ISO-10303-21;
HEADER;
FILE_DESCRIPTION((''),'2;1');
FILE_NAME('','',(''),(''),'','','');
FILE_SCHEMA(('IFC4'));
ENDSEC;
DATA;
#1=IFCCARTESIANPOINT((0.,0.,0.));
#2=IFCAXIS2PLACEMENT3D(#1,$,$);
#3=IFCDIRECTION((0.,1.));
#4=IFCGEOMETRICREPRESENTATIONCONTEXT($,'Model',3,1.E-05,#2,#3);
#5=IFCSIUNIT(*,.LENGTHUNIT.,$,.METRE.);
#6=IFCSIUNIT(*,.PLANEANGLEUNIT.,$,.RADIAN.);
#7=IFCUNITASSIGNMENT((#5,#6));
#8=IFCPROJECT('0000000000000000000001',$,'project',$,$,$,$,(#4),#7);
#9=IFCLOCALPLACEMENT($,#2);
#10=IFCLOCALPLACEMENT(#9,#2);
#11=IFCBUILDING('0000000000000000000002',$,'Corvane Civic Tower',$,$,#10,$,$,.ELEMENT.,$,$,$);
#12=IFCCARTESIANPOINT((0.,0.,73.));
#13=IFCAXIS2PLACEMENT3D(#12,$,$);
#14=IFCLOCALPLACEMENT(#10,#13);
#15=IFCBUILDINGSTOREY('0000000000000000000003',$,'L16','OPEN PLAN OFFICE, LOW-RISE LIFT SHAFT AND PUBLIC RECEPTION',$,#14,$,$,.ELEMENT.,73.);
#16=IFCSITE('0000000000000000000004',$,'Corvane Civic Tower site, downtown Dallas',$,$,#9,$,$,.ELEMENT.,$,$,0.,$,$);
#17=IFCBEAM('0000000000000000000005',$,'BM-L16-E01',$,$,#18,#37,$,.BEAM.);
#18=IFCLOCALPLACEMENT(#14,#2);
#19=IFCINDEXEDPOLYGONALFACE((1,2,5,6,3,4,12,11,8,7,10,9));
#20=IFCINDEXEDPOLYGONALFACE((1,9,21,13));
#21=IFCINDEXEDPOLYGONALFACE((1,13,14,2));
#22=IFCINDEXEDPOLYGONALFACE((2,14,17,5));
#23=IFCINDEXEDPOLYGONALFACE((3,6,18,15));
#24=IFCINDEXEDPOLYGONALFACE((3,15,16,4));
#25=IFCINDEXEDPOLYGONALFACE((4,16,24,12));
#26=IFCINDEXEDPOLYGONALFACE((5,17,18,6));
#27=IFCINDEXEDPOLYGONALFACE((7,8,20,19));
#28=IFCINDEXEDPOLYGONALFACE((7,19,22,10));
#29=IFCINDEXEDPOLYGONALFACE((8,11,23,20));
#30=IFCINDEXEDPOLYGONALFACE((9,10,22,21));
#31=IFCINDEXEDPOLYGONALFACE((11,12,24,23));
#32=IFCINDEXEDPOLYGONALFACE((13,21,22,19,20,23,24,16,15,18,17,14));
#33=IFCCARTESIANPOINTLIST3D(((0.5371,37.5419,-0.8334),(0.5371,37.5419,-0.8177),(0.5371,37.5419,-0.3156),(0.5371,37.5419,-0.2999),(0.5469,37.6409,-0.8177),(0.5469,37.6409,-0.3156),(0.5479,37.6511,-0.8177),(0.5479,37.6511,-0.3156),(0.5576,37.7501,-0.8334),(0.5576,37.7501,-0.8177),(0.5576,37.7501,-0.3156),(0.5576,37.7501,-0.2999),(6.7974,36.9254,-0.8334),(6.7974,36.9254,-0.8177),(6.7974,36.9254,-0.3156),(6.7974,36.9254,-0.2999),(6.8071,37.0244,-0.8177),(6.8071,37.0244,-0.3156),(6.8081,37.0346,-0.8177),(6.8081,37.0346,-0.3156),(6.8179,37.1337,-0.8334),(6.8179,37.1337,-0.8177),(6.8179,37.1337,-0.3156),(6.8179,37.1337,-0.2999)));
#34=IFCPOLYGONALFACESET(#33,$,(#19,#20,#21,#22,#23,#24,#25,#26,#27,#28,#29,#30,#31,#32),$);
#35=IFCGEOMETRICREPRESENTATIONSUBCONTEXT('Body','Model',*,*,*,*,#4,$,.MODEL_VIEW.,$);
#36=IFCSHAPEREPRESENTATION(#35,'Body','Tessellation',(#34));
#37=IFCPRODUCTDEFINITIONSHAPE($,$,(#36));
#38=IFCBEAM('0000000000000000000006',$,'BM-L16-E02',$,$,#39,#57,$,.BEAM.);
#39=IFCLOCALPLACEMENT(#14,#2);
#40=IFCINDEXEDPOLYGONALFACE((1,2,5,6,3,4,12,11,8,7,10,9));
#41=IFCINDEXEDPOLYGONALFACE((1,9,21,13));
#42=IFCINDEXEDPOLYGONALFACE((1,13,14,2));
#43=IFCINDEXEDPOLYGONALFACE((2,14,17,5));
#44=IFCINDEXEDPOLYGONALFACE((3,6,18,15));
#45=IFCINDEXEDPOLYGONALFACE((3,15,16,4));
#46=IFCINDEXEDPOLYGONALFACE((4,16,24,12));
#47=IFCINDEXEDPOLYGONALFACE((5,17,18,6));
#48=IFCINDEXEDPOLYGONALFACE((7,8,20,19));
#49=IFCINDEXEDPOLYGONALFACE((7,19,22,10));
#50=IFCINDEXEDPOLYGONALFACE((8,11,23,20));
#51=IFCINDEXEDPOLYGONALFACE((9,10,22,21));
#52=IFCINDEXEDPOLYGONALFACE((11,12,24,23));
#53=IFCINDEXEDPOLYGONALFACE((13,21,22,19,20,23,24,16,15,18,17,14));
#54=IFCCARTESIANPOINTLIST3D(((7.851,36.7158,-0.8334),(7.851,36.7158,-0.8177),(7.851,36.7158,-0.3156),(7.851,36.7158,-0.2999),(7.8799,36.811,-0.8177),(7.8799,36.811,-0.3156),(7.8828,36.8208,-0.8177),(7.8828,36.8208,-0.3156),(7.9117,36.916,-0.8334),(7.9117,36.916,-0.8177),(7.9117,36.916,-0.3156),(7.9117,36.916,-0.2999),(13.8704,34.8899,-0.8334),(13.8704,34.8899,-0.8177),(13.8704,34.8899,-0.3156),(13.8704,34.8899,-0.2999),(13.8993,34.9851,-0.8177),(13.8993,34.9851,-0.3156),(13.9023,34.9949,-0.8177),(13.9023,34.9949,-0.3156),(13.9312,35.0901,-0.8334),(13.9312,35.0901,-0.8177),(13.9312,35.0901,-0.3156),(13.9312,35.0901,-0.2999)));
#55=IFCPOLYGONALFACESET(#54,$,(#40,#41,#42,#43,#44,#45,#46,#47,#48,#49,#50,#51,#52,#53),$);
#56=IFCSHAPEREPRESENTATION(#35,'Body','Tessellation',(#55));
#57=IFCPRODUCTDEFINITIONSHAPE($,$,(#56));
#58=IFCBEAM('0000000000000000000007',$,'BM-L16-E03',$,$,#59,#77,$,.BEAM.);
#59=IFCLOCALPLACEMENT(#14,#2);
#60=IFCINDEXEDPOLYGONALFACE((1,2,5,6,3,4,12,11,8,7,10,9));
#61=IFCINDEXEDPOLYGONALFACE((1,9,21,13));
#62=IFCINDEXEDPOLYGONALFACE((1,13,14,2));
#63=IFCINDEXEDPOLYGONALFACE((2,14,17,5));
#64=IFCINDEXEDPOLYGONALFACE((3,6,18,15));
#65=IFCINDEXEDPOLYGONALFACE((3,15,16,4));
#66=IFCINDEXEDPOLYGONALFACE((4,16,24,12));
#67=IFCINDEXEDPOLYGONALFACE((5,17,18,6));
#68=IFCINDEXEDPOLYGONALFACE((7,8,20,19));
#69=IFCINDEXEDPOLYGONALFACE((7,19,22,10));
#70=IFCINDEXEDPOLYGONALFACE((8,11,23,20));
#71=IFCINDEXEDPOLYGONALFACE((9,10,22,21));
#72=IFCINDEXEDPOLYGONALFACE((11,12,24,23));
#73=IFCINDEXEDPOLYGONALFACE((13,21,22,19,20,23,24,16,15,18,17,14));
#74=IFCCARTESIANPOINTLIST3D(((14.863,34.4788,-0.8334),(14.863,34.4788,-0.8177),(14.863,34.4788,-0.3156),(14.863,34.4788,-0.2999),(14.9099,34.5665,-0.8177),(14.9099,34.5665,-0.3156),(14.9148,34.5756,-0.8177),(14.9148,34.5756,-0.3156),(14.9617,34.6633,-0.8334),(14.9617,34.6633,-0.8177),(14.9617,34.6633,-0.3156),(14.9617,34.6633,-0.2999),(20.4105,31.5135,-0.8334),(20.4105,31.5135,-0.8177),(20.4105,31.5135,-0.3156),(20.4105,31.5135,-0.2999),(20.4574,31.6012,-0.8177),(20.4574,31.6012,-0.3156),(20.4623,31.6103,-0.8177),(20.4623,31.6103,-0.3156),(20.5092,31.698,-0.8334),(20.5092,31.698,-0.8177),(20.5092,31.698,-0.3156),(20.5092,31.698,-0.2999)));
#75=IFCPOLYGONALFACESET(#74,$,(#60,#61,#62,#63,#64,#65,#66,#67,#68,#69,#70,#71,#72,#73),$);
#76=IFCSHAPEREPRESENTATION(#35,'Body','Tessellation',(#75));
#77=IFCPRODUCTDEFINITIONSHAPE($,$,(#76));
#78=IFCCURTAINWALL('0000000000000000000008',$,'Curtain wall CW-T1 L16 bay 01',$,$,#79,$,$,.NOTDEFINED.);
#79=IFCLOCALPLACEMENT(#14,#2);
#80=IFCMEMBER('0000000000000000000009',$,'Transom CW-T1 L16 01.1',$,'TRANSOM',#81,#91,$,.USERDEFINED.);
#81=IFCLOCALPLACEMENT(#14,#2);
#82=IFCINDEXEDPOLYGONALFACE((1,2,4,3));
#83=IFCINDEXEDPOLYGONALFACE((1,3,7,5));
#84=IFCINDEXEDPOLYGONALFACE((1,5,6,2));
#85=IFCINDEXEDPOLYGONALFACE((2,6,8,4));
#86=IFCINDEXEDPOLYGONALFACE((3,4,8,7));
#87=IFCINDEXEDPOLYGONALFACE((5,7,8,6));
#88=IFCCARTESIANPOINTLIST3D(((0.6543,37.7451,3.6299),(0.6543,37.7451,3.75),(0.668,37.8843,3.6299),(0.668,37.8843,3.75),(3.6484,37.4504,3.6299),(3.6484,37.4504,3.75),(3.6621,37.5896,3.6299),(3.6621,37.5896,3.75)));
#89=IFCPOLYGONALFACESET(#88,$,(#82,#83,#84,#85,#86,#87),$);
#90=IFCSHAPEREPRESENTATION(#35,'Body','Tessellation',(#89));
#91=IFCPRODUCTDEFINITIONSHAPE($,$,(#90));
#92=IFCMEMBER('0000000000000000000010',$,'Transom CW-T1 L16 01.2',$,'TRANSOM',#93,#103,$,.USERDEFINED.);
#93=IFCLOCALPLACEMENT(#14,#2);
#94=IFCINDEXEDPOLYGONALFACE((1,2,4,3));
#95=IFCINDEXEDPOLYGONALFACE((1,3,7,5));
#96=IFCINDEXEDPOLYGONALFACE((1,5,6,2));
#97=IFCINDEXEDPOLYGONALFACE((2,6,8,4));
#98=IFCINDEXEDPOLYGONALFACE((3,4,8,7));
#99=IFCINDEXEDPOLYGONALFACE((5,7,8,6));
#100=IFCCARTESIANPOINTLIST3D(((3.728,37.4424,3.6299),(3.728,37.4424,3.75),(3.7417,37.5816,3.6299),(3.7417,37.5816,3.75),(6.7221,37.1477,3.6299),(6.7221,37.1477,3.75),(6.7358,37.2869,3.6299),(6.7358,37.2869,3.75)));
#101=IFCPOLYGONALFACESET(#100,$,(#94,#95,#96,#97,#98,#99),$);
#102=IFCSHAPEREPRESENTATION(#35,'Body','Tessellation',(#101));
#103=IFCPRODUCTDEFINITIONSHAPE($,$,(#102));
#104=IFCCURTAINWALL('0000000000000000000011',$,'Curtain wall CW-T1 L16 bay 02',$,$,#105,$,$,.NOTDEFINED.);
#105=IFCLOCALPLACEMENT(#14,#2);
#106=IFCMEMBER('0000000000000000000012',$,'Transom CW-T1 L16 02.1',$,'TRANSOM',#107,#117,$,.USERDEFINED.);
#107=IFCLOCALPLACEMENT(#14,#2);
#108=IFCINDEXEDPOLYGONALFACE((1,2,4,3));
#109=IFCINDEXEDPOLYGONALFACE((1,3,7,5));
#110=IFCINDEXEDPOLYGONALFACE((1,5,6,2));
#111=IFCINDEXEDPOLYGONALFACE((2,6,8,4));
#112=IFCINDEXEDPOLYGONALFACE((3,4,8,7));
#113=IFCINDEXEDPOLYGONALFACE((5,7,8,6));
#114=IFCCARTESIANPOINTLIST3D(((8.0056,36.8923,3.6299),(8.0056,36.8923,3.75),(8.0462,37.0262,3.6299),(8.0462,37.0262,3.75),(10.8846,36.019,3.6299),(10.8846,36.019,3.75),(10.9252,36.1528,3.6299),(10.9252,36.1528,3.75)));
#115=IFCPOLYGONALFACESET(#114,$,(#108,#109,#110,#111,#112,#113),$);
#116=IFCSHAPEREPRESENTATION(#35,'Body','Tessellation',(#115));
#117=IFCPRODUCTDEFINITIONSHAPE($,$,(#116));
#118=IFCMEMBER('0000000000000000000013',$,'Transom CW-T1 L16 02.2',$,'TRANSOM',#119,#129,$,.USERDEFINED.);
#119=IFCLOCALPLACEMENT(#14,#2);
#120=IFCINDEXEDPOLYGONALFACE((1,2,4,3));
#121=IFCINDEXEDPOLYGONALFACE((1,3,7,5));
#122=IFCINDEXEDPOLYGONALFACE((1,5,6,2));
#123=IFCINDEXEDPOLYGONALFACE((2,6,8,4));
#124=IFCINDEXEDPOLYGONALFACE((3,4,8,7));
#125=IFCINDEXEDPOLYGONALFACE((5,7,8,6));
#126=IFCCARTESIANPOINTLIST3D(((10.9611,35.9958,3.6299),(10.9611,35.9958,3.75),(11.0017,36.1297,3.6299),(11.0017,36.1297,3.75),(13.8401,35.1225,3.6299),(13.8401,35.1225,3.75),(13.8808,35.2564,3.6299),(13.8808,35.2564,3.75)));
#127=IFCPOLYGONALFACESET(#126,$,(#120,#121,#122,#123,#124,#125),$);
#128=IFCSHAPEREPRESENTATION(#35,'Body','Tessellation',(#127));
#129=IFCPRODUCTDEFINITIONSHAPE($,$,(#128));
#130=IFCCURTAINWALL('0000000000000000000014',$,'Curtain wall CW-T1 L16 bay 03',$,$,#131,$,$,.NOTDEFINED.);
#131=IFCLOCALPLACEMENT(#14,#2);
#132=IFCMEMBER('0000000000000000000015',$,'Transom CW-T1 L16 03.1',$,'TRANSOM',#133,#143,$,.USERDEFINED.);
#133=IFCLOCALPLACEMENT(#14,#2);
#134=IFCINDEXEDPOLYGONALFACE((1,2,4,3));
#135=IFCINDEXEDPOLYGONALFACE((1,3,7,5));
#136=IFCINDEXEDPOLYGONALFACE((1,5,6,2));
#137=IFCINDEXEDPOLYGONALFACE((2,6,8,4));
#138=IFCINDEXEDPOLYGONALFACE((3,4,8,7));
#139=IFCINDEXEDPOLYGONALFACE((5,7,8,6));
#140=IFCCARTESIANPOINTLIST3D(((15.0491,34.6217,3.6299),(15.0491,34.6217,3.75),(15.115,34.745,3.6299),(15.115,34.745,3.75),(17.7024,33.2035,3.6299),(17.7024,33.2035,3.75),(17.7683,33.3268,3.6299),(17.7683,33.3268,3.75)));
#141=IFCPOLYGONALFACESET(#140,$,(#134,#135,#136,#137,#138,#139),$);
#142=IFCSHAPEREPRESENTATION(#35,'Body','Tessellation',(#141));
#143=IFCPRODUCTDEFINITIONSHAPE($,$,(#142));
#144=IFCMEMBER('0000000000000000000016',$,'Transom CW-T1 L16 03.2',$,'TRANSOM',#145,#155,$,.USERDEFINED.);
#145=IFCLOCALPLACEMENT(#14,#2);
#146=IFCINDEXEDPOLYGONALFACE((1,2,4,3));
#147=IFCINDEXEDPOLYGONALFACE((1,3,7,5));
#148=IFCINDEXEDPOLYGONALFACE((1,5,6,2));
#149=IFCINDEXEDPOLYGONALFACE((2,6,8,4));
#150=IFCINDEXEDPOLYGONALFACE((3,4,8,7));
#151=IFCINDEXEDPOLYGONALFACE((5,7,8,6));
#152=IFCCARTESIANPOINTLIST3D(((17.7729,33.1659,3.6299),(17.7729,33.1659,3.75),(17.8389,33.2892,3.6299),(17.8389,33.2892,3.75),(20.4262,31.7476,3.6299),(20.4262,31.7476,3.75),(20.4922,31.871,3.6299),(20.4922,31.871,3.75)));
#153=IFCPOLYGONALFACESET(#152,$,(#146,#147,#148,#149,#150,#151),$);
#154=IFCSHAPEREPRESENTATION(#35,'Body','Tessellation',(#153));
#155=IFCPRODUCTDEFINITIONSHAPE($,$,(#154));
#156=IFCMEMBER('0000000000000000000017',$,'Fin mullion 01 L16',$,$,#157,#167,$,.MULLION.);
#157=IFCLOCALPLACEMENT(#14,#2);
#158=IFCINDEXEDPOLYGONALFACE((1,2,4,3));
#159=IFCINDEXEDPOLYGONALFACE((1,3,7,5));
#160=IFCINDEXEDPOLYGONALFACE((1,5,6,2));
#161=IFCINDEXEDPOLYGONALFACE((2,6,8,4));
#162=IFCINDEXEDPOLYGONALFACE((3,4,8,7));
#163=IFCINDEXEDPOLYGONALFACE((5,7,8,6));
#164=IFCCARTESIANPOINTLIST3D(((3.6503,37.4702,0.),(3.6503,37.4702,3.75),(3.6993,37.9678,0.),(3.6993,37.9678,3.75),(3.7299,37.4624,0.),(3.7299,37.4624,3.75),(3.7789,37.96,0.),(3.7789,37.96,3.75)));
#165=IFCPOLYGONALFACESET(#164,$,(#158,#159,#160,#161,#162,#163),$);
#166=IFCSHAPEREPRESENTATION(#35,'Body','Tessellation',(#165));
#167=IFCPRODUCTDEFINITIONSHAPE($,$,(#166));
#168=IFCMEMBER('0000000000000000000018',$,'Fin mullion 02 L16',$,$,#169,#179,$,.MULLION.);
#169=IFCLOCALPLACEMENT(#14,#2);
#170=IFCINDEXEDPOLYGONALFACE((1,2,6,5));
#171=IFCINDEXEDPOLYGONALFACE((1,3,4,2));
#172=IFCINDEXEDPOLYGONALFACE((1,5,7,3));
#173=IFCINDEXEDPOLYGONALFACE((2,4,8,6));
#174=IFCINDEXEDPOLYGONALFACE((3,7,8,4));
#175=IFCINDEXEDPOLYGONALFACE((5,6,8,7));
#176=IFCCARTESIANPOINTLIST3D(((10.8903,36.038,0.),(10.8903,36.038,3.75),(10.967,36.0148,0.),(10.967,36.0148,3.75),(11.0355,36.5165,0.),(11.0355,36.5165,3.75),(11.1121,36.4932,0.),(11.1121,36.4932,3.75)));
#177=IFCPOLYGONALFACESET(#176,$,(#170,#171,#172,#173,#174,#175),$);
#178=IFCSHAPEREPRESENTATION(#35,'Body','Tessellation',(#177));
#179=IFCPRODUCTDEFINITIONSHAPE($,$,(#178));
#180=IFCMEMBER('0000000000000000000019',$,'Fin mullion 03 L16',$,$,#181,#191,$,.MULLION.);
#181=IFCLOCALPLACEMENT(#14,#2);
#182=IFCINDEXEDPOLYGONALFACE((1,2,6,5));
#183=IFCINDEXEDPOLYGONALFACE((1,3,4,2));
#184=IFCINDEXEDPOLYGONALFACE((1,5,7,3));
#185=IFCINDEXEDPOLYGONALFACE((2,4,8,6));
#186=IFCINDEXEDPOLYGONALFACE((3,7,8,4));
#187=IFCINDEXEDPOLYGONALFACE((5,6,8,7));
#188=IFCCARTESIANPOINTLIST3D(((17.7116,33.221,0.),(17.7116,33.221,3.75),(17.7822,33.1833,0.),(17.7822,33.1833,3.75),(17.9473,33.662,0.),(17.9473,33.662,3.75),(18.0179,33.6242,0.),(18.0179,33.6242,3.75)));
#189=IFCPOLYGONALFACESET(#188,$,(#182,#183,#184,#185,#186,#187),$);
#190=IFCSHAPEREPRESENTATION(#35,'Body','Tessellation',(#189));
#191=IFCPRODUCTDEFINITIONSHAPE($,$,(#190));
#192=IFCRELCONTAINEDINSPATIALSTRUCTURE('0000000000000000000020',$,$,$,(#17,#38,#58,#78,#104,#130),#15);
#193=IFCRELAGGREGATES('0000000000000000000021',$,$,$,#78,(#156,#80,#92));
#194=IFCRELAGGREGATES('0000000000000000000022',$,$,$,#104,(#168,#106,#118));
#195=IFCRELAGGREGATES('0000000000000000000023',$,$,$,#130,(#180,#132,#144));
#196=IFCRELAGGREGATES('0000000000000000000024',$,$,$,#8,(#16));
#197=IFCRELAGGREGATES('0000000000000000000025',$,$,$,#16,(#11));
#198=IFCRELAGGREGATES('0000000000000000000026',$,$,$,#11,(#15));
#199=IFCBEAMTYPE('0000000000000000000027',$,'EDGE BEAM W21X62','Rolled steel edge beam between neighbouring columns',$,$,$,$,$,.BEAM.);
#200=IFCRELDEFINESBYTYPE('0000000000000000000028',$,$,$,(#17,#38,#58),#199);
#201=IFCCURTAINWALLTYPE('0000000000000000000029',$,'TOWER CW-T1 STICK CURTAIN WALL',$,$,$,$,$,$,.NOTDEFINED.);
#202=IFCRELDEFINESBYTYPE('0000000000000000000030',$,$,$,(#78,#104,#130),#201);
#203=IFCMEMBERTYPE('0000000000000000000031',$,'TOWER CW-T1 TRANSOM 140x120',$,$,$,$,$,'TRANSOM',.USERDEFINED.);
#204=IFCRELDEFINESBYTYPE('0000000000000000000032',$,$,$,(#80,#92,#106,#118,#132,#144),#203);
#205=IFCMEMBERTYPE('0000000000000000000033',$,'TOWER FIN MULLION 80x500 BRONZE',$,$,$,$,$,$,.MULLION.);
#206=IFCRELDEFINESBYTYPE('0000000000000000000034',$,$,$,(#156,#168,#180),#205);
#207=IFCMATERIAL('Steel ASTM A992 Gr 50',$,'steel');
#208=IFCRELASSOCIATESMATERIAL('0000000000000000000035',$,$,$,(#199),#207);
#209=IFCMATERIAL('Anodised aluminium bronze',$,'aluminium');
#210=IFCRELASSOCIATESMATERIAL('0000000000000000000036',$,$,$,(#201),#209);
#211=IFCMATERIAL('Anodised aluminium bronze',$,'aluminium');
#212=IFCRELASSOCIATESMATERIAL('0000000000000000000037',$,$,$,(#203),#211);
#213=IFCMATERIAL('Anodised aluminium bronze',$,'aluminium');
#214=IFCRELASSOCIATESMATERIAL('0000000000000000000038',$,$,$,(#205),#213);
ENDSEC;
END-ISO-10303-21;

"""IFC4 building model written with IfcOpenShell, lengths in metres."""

from ifc_helpers import new_model, si_unit, direction, frame, origin, origin_2d, place, context, subcontext, project, spatial, rectangle, i_section, extrude, material, material_profile, profile_set, type_object, element, aggregate, save


model = new_model("IFC4")

# Units and contexts
model_context = context("Model", 3, precision=1e-05, world=origin(), true_north=direction((0.0, 1.0)))
body_context = subcontext(model_context, "Body", "Model", "MODEL_VIEW")
ifc_project = project(units=[si_unit("LENGTHUNIT", "METRE"), si_unit("PLANEANGLEUNIT", "RADIAN")], contexts=[model_context])

# Site, building, storey
site_placement = place(None, origin())
site = spatial("IfcSite", under=ifc_project, at=site_placement, Name="Corvane Civic Tower site, downtown Dallas", CompositionType="ELEMENT", RefElevation=0.0)
building_placement = place(site_placement, origin())
building = spatial("IfcBuilding", under=site, at=building_placement, Name="Corvane Civic Tower", CompositionType="ELEMENT")
storey_placement = place(building_placement, frame((0.0, 0.0, 73.0)))
storey = spatial("IfcBuildingStorey", under=building, at=storey_placement, Name="L16", Description="OPEN PLAN OFFICE, LOW-RISE LIFT SHAFT AND PUBLIC RECEPTION", CompositionType="ELEMENT", Elevation=73.0)

# Beams
ifc_material_1 = material(Name="Steel ASTM A992 Gr 50", Category="steel")
ifc_material_profile_1 = material_profile(ifc_material_1, i_section(OverallWidth=0.2092, OverallDepth=0.5334, WebThickness=0.0103, FlangeThickness=0.0156, at=origin_2d()), Name="W21X62")
ifc_profile_set_1 = profile_set([ifc_material_profile_1], Name="Steel ASTM A992 Gr 50")
beam_type = type_object("IfcBeamType", Name="EDGE BEAM W21X62", Description="Rolled steel edge beam between neighbouring columns", PredefinedType="BEAM", material=ifc_profile_set_1)
beam_placement = place(storey_placement, frame((0.5474, 37.646, -0.5667), z_axis=(0.995187, -0.097997, 0.0), x_axis=(0.097997, 0.995187, 0.0)))
element("IfcBeam", 1, at=beam_placement, inside=storey, type_object=beam_type, Name="BM-L16-E01", PredefinedType="BEAM", context=body_context, shape_type="SweptSolid", body=[
    extrude(i_section(OverallWidth=0.2092, OverallDepth=0.5334, WebThickness=0.0103, FlangeThickness=0.0156, at=origin_2d()), origin(), (0.0, 0.0, 1.0), 6.2905),
])
for number, where, z_axis, x_axis, name in (
    (2, (7.8813, 36.8159, -0.5667), (0.956944, -0.290273, 0.0), (0.290273, 0.956944, 0.0), "BM-L16-E02"),
    (3, (14.9124, 34.571, -0.5667), (0.881916, -0.471406, 0.0), (0.471406, 0.881916, 0.0), "BM-L16-E03"),
):
    element("IfcBeam", number, at=place(storey_placement, frame(where, z_axis=z_axis, x_axis=x_axis)), inside=storey, type_object=beam_type, Name=name, PredefinedType="BEAM", context=body_context, shape_type="SweptSolid", body=[
        extrude(i_section(OverallWidth=0.2092, OverallDepth=0.5334, WebThickness=0.0103, FlangeThickness=0.0156, at=origin_2d()), origin(), (0.0, 0.0, 1.0), 6.2903),
    ])

# Curtain walls, members
ifc_material_2 = material(Name="Anodised aluminium bronze", Category="aluminium")
curtain_wall_type = type_object("IfcCurtainWallType", Name="TOWER CW-T1 STICK CURTAIN WALL", PredefinedType="NOTDEFINED", material=ifc_material_2)
curtain_wall_1_placement = place(storey_placement, origin())
curtain_wall_1 = element("IfcCurtainWall", 4, at=curtain_wall_1_placement, inside=storey, type_object=curtain_wall_type, Name="Curtain wall CW-T1 L16 bay 01", PredefinedType="NOTDEFINED")
ifc_material_3 = material(Name="Anodised aluminium bronze", Category="aluminium")
ifc_material_profile_2 = material_profile(ifc_material_3, rectangle(XDim=0.1399, YDim=0.1201, at=origin_2d()), Name="TOWER CW-T1 TRANSOM 140x120")
ifc_profile_set_2 = profile_set([ifc_material_profile_2], Name="Anodised aluminium bronze")
member_type_1 = type_object("IfcMemberType", Name="TOWER CW-T1 TRANSOM 140x120", ElementType="TRANSOM", PredefinedType="USERDEFINED", material=ifc_profile_set_2)
member_1_placement = place(storey_placement, frame((0.6611, 37.8147, 3.6899), z_axis=(0.995192, -0.097945, 0.0), x_axis=(0.097945, 0.995192, 0.0)))
member_1 = element("IfcMember", 5, at=member_1_placement, type_object=member_type_1, Name="Transom CW-T1 L16 01.1", ObjectType="TRANSOM", PredefinedType="USERDEFINED", context=body_context, shape_type="SweptSolid", body=[
    extrude(rectangle(XDim=0.1399, YDim=0.1201, at=origin_2d()), origin(), (0.0, 0.0, 1.0), 3.0085),
])
member_2_placement = place(storey_placement, frame((3.7349, 37.512, 3.6899), z_axis=(0.995192, -0.097945, 0.0), x_axis=(0.097945, 0.995192, 0.0)))
member_2 = element("IfcMember", 6, at=member_2_placement, type_object=member_type_1, Name="Transom CW-T1 L16 01.2", ObjectType="TRANSOM", PredefinedType="USERDEFINED", context=body_context, shape_type="SweptSolid", body=[
    extrude(rectangle(XDim=0.1399, YDim=0.1201, at=origin_2d()), origin(), (0.0, 0.0, 1.0), 3.0085),
])
curtain_wall_2_placement = place(storey_placement, origin())
curtain_wall_2 = element("IfcCurtainWall", 7, at=curtain_wall_2_placement, inside=storey, type_object=curtain_wall_type, Name="Curtain wall CW-T1 L16 bay 02", PredefinedType="NOTDEFINED")
member_3_placement = place(storey_placement, frame((8.0259, 36.9592, 3.6899), z_axis=(0.956942, -0.29028, 0.0), x_axis=(0.29028, 0.956942, 0.0)))
member_3 = element("IfcMember", 8, at=member_3_placement, type_object=member_type_1, Name="Transom CW-T1 L16 02.1", ObjectType="TRANSOM", PredefinedType="USERDEFINED", context=body_context, shape_type="SweptSolid", body=[
    extrude(rectangle(XDim=0.1399, YDim=0.1201, at=origin_2d()), origin(), (0.0, 0.0, 1.0), 3.0085),
])
member_4_placement = place(storey_placement, frame((10.9814, 36.0627, 3.6899), z_axis=(0.956942, -0.29028, 0.0), x_axis=(0.29028, 0.956942, 0.0)))
member_4 = element("IfcMember", 9, at=member_4_placement, type_object=member_type_1, Name="Transom CW-T1 L16 02.2", ObjectType="TRANSOM", PredefinedType="USERDEFINED", context=body_context, shape_type="SweptSolid", body=[
    extrude(rectangle(XDim=0.1399, YDim=0.1201, at=origin_2d()), origin(), (0.0, 0.0, 1.0), 3.0085),
])
curtain_wall_3_placement = place(storey_placement, origin())
curtain_wall_3 = element("IfcCurtainWall", 10, at=curtain_wall_3_placement, inside=storey, type_object=curtain_wall_type, Name="Curtain wall CW-T1 L16 bay 03", PredefinedType="NOTDEFINED")
member_5_placement = place(storey_placement, frame((15.082, 34.6833, 3.6899), z_axis=(0.881924, -0.471393, 0.0), x_axis=(0.471393, 0.881924, 0.0)))
member_5 = element("IfcMember", 11, at=member_5_placement, type_object=member_type_1, Name="Transom CW-T1 L16 03.1", ObjectType="TRANSOM", PredefinedType="USERDEFINED", context=body_context, shape_type="SweptSolid", body=[
    extrude(rectangle(XDim=0.1399, YDim=0.1201, at=origin_2d()), origin(), (0.0, 0.0, 1.0), 3.0085),
])
member_6_placement = place(storey_placement, frame((17.8059, 33.2275, 3.6899), z_axis=(0.881924, -0.471393, 0.0), x_axis=(0.471393, 0.881924, 0.0)))
member_6 = element("IfcMember", 12, at=member_6_placement, type_object=member_type_1, Name="Transom CW-T1 L16 03.2", ObjectType="TRANSOM", PredefinedType="USERDEFINED", context=body_context, shape_type="SweptSolid", body=[
    extrude(rectangle(XDim=0.1399, YDim=0.1201, at=origin_2d()), origin(), (0.0, 0.0, 1.0), 3.0085),
])

# Members
ifc_material_4 = material(Name="Anodised aluminium bronze", Category="aluminium")
ifc_material_profile_3 = material_profile(ifc_material_4, rectangle(XDim=0.0801, YDim=0.5, at=origin_2d()), Name="TOWER FIN MULLION 80x500 BRONZE")
ifc_profile_set_3 = profile_set([ifc_material_profile_3], Name="Anodised aluminium bronze")
member_type_2 = type_object("IfcMemberType", Name="TOWER FIN MULLION 80x500 BRONZE", PredefinedType="MULLION", material=ifc_profile_set_3)
member_7_placement = place(storey_placement, frame((3.7146, 37.7151, 0.0), z_axis=(0.0, 0.0, 1.0), x_axis=(0.995186, -0.098006, 0.0)))
member_7 = element("IfcMember", 13, at=member_7_placement, type_object=member_type_2, Name="Fin mullion 01 L16", PredefinedType="MULLION", context=body_context, shape_type="SweptSolid", body=[
    extrude(rectangle(XDim=0.0801, YDim=0.5, at=origin_2d()), origin(), (0.0, 0.0, 1.0), 3.75),
])
member_8_placement = place(storey_placement, frame((11.0012, 36.2656, 0.0), z_axis=(0.0, 0.0, 1.0), x_axis=(0.956942, -0.290278, 0.0)))
member_8 = element("IfcMember", 14, at=member_8_placement, type_object=member_type_2, Name="Fin mullion 02 L16", PredefinedType="MULLION", context=body_context, shape_type="SweptSolid", body=[
    extrude(rectangle(XDim=0.0801, YDim=0.5, at=origin_2d()), origin(), (0.0, 0.0, 1.0), 3.75),
])
member_9_placement = place(storey_placement, frame((17.8647, 33.4226, 0.0), z_axis=(0.0, 0.0, 1.0), x_axis=(0.881918, -0.471404, 0.0)))
member_9 = element("IfcMember", 15, at=member_9_placement, type_object=member_type_2, Name="Fin mullion 03 L16", PredefinedType="MULLION", context=body_context, shape_type="SweptSolid", body=[
    extrude(rectangle(XDim=0.0801, YDim=0.5, at=origin_2d()), origin(), (0.0, 0.0, 1.0), 3.75),
])

aggregate(curtain_wall_1, [member_7, member_1, member_2])
aggregate(curtain_wall_2, [member_8, member_3, member_4])
aggregate(curtain_wall_3, [member_9, member_5, member_6])

save(model, "model.ifc")
